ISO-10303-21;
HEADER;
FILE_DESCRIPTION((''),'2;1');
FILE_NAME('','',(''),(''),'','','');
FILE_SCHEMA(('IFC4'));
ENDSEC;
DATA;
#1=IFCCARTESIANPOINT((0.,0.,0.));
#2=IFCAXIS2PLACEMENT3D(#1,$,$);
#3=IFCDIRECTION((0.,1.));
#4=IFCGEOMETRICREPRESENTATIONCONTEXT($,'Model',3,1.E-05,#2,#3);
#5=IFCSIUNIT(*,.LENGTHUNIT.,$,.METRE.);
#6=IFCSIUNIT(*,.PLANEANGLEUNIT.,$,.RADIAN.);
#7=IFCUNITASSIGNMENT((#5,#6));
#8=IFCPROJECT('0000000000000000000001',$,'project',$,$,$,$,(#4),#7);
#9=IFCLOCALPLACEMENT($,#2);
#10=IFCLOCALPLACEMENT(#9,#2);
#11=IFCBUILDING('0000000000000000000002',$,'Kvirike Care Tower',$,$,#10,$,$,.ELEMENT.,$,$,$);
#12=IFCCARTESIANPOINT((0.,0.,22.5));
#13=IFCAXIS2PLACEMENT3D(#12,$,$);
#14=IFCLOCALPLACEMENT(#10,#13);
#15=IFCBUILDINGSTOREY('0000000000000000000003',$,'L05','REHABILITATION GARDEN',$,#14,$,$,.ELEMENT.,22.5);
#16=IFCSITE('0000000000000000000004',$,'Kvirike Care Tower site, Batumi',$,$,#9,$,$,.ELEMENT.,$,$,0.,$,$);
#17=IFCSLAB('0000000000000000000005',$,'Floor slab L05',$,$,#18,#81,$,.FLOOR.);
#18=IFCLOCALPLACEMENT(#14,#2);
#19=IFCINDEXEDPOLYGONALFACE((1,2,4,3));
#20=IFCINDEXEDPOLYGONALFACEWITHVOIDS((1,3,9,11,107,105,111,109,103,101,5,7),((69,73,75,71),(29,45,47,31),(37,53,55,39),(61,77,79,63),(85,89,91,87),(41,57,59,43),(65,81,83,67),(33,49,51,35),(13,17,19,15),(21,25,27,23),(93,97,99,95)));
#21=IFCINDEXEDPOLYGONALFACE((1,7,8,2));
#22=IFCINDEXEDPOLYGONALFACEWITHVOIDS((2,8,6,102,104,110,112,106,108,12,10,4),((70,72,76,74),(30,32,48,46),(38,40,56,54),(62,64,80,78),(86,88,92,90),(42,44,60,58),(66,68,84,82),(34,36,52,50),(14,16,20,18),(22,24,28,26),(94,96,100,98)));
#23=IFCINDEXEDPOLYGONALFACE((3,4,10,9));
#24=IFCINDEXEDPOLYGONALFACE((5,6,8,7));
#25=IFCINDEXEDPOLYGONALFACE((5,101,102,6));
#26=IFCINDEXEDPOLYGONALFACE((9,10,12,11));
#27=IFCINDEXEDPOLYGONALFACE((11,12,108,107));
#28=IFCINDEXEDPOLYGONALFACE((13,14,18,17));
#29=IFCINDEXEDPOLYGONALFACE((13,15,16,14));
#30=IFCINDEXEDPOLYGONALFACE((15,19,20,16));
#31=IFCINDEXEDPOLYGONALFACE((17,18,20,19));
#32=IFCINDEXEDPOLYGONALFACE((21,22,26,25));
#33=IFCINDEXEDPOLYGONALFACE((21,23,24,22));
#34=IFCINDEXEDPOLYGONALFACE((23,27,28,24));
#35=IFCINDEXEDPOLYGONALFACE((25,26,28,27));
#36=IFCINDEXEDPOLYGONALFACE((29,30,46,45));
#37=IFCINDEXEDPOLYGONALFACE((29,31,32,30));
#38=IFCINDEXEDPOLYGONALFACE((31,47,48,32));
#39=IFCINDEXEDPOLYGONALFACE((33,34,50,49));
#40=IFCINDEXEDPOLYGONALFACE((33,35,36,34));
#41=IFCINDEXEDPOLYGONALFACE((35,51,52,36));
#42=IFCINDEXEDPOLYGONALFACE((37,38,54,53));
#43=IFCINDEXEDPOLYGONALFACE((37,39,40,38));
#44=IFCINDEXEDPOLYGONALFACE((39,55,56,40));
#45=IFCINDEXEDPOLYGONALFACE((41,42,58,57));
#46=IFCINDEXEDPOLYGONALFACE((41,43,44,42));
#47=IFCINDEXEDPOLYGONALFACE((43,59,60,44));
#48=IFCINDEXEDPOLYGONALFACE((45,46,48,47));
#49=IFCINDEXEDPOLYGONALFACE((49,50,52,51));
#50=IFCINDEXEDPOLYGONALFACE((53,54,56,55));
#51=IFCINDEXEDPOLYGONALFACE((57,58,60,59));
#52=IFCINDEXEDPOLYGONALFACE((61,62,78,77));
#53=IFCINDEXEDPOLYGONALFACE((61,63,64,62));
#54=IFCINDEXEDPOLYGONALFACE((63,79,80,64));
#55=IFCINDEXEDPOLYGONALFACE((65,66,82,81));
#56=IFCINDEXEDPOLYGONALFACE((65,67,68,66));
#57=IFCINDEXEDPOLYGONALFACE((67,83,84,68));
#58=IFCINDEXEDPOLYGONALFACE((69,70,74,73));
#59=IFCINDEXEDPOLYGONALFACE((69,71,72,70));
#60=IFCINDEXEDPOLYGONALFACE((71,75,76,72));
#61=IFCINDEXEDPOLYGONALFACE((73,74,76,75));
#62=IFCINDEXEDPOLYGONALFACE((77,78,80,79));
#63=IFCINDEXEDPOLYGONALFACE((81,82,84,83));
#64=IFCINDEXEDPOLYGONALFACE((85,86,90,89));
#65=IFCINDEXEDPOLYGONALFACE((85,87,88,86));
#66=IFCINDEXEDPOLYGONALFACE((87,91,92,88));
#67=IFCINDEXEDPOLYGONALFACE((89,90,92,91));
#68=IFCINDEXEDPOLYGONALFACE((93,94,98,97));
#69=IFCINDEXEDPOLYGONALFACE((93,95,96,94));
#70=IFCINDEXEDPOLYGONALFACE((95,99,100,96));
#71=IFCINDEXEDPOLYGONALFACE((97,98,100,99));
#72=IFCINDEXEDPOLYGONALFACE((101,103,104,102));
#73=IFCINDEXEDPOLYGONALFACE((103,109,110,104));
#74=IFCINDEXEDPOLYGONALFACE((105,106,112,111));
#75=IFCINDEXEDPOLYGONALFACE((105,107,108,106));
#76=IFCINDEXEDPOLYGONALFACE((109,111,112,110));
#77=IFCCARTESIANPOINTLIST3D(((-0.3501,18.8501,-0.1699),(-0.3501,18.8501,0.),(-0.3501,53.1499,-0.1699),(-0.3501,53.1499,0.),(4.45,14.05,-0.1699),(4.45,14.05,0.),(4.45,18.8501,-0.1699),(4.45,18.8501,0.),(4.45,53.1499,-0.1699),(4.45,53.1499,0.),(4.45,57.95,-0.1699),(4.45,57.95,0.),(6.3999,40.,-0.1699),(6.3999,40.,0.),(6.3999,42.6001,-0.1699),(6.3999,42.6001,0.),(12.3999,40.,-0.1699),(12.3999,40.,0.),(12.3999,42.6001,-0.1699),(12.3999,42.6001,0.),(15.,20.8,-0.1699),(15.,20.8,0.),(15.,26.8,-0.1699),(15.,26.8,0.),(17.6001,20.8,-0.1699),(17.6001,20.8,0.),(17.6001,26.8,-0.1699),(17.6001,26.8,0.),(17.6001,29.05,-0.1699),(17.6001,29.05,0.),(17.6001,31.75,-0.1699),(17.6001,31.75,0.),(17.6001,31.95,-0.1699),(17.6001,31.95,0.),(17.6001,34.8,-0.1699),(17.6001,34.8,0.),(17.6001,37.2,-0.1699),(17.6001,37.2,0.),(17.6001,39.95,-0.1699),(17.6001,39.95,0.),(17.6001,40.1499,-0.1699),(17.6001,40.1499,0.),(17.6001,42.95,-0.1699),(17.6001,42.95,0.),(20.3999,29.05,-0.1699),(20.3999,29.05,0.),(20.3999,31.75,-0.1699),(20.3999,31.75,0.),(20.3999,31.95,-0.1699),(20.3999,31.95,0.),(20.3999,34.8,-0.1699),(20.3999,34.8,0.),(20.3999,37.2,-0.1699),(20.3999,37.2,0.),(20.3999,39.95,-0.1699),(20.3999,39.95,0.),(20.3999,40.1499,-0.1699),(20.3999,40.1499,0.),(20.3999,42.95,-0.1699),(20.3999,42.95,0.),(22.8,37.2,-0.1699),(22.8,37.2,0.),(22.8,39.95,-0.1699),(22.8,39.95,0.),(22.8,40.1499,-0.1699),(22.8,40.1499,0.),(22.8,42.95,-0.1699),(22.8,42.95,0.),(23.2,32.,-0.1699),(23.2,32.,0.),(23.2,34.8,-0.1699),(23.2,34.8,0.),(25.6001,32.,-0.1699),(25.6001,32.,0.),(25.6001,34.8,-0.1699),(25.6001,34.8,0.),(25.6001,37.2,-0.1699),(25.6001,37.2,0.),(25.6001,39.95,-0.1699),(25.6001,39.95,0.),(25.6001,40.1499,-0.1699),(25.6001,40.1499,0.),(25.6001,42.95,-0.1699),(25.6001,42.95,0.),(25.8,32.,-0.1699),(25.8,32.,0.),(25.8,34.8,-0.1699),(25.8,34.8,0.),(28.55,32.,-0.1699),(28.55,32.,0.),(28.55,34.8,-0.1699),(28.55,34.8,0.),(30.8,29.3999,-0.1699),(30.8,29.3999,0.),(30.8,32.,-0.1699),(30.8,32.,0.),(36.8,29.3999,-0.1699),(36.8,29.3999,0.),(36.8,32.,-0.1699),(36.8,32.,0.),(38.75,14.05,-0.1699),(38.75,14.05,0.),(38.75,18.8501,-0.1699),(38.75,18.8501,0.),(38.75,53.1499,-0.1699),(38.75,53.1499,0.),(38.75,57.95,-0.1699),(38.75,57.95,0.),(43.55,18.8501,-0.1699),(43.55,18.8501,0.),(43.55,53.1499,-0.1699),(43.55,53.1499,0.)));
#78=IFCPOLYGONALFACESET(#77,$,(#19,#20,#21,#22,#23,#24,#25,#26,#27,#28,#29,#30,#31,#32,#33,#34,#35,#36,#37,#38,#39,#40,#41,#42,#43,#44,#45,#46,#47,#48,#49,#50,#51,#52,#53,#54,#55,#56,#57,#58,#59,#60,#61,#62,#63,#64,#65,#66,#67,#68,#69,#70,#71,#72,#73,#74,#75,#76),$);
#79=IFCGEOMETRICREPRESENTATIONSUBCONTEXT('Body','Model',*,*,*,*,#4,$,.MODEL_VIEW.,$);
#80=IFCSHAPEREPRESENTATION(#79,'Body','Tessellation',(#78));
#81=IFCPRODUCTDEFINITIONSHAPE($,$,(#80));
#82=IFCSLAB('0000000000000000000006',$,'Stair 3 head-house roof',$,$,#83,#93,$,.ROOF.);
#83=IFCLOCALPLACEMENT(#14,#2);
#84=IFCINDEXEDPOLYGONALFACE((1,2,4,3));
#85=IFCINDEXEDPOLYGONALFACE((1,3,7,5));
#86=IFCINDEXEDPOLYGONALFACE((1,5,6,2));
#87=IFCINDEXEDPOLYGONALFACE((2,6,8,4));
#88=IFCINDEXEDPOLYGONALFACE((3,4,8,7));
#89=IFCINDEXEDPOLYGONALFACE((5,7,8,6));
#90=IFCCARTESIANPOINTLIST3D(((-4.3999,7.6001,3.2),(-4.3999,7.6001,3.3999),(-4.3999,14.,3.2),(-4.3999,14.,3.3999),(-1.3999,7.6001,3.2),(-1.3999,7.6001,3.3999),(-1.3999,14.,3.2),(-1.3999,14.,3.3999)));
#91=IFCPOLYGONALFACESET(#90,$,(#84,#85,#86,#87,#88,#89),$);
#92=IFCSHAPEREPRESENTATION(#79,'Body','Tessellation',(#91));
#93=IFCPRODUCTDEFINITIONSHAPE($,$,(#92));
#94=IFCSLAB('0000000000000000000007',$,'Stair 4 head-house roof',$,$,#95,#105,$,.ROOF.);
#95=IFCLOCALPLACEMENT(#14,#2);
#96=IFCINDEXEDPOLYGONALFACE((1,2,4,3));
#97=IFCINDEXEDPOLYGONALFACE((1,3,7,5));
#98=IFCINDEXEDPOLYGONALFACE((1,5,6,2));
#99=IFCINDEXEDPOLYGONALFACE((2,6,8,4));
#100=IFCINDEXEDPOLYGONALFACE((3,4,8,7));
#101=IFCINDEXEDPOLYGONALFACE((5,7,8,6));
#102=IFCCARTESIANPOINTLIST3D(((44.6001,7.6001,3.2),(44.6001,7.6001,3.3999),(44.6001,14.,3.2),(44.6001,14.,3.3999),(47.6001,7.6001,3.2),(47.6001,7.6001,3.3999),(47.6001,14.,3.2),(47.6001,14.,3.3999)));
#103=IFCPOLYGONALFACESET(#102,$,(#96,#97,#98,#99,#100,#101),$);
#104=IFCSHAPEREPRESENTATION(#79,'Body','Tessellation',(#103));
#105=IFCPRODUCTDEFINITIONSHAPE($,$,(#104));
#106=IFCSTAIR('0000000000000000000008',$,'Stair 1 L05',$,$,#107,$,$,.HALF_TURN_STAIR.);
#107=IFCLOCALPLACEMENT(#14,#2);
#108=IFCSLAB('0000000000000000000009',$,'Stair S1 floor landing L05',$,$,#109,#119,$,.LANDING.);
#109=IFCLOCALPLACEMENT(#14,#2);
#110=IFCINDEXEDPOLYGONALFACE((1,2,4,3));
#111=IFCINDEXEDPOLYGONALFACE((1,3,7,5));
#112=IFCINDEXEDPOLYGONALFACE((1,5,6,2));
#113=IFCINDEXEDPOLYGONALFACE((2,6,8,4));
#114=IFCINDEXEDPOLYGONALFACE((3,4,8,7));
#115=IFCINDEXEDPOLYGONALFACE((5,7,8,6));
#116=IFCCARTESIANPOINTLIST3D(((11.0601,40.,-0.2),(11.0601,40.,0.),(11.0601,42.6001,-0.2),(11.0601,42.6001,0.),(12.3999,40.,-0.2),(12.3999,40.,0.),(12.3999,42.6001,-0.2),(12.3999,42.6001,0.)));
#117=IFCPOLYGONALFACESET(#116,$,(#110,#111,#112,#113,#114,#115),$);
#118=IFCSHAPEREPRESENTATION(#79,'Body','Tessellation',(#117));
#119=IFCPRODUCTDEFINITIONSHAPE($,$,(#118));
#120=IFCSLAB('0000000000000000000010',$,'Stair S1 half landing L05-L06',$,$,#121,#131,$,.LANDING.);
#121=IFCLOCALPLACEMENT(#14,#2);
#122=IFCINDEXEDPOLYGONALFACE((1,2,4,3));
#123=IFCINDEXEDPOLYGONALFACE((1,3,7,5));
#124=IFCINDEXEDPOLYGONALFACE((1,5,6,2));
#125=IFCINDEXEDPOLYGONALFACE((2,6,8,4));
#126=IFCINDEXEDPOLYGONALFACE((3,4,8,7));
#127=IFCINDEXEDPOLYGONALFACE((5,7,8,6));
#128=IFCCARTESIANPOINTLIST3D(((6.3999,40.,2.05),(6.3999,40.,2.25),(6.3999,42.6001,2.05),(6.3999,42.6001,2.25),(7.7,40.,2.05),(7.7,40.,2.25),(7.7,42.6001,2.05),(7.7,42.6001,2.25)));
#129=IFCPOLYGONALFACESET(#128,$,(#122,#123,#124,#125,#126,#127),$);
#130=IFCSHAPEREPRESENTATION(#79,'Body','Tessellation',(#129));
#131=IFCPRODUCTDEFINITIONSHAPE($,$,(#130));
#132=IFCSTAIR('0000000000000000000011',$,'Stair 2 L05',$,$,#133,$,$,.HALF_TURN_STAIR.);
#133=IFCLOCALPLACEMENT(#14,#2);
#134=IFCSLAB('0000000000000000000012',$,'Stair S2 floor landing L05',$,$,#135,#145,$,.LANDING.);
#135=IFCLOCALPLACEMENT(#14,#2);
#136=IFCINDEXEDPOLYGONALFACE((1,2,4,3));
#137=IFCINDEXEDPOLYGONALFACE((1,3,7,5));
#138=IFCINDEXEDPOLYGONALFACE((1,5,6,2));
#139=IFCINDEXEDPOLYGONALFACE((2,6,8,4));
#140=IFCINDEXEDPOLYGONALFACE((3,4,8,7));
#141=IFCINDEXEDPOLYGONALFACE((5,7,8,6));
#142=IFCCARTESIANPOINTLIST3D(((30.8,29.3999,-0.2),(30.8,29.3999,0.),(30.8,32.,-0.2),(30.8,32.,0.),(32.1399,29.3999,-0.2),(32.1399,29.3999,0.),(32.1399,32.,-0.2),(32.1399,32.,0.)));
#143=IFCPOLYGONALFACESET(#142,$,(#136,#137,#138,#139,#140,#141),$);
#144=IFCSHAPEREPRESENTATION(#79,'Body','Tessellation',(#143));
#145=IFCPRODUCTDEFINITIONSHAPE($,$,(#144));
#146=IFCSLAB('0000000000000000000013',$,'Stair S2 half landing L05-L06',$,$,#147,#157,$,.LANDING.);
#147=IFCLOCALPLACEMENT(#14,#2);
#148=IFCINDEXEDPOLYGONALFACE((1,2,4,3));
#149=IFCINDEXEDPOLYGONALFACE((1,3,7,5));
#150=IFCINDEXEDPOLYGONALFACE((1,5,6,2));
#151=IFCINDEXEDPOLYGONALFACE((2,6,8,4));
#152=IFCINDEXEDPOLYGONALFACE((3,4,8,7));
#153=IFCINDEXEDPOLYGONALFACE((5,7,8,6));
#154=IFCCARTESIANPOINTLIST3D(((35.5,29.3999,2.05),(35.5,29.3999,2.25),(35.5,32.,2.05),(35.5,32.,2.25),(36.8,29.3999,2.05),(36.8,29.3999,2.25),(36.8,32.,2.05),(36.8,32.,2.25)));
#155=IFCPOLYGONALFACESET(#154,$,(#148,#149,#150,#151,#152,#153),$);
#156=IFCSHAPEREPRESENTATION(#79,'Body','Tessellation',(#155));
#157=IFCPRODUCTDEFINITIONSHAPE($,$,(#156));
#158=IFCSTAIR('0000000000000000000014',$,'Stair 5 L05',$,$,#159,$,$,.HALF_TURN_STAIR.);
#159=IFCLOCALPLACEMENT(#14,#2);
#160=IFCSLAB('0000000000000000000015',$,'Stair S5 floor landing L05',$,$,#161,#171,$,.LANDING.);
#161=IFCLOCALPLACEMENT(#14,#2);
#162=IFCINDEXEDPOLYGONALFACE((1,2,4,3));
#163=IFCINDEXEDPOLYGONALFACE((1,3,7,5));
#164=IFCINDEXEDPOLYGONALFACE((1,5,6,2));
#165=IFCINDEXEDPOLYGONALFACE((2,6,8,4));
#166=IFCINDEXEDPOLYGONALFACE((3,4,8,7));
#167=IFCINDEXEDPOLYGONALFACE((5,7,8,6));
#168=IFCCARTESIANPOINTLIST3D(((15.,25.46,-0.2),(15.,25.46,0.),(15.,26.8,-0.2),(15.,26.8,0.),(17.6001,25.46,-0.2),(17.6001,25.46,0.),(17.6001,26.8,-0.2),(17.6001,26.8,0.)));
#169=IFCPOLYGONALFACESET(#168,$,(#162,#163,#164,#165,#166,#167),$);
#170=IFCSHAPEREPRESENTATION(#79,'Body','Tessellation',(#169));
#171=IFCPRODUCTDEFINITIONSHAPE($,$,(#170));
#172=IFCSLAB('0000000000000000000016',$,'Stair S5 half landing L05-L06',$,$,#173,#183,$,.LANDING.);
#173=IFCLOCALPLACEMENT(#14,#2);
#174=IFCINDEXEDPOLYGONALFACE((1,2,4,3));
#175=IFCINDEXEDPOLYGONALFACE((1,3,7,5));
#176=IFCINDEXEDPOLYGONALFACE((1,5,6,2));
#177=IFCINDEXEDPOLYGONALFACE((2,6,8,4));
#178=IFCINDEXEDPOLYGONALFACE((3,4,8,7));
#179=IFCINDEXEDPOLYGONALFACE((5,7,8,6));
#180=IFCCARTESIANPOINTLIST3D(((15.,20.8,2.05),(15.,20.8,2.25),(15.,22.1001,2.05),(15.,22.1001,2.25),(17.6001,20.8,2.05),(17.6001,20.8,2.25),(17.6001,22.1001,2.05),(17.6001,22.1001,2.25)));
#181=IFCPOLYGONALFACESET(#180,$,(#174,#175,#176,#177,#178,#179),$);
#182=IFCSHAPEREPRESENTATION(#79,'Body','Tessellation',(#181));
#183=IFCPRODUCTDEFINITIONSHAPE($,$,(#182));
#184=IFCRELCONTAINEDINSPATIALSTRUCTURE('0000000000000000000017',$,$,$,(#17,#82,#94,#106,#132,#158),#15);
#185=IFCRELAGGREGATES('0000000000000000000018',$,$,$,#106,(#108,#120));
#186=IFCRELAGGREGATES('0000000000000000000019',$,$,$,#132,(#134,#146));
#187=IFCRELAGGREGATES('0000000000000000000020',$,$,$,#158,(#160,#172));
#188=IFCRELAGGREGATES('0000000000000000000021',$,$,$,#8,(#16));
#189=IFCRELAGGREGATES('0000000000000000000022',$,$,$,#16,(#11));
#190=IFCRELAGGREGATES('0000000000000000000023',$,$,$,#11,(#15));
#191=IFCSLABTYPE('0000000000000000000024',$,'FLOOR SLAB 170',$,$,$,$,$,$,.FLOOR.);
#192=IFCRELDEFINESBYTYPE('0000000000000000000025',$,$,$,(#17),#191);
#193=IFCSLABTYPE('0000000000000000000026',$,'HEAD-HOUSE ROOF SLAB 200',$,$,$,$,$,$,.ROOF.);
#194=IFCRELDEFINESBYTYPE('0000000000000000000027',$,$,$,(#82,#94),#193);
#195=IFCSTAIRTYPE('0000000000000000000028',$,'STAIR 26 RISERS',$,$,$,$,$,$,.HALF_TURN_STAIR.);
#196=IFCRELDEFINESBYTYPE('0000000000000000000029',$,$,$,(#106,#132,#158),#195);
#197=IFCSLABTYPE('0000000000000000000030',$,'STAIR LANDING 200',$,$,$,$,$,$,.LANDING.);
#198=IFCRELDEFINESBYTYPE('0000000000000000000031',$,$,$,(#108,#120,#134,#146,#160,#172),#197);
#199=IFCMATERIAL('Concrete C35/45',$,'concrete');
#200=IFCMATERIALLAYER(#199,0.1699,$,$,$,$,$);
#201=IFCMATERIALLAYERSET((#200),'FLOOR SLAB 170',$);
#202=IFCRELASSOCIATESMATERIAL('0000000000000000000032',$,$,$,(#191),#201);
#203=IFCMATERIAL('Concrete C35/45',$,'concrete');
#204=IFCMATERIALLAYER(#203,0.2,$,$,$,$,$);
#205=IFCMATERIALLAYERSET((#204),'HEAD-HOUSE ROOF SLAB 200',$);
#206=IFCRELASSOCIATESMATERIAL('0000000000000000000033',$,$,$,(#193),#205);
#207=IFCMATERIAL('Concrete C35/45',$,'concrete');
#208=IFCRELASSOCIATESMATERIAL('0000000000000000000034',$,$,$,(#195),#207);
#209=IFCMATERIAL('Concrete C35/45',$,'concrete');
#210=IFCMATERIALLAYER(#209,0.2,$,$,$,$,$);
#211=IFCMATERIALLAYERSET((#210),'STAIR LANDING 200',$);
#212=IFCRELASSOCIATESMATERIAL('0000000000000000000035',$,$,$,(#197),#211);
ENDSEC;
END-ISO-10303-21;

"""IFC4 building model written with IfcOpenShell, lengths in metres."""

from ifc_helpers import new_model, si_unit, direction, frame, origin, place, context, subcontext, project, spatial, polyline, outline, extrude, material, layer, layer_set, type_object, element, aggregate, save


model = new_model("IFC4")

# Units and contexts
model_context = context("Model", 3, precision=1e-05, world=origin(), true_north=direction((0.0, 1.0)))
body_context = subcontext(model_context, "Body", "Model", "MODEL_VIEW")
ifc_project = project(units=[si_unit("LENGTHUNIT", "METRE"), si_unit("PLANEANGLEUNIT", "RADIAN")], contexts=[model_context])

# Site, building, storey
site_placement = place(None, origin())
site = spatial("IfcSite", under=ifc_project, at=site_placement, Name="Kvirike Care Tower site, Batumi", CompositionType="ELEMENT", RefElevation=0.0)
building_placement = place(site_placement, origin())
building = spatial("IfcBuilding", under=site, at=building_placement, Name="Kvirike Care Tower", CompositionType="ELEMENT")
storey_placement = place(building_placement, frame((0.0, 0.0, 22.5)))
storey = spatial("IfcBuildingStorey", under=building, at=storey_placement, Name="L05", Description="REHABILITATION GARDEN", CompositionType="ELEMENT", Elevation=22.5)

# Slabs
ifc_material_1 = material(Name="Concrete C35/45", Category="concrete")
ifc_layer_1 = layer(ifc_material_1, 0.1699)
ifc_layer_set_1 = layer_set([ifc_layer_1], Name="FLOOR SLAB 170")
slab_type_1 = type_object("IfcSlabType", Name="FLOOR SLAB 170", PredefinedType="FLOOR", material=ifc_layer_set_1)
slab_1_placement = place(storey_placement, frame((0.0, 0.0, -0.1699)))
element("IfcSlab", 1, at=slab_1_placement, inside=storey, type_object=slab_type_1, Name="Floor slab L05", PredefinedType="FLOOR", context=body_context, shape_type="SweptSolid", body=[
    extrude(outline(polyline([(-0.3501, 53.1499), (-0.3501, 18.8501), (4.45, 18.8501), (4.45, 14.05), (38.75, 14.05), (38.75, 18.8501), (43.55, 18.8501), (43.55, 53.1499), (38.75, 53.1499), (38.75, 57.95), (4.45, 57.95), (4.45, 53.1499), (-0.3501, 53.1499)]), holes=[polyline([(17.6001, 29.05), (17.6001, 31.75), (20.3999, 31.75), (20.3999, 29.05), (17.6001, 29.05)]), polyline([(17.6001, 31.95), (17.6001, 34.8), (20.3999, 34.8), (20.3999, 31.95), (17.6001, 31.95)]), polyline([(17.6001, 37.2), (17.6001, 39.95), (20.3999, 39.95), (20.3999, 37.2), (17.6001, 37.2)]), polyline([(17.6001, 40.1499), (17.6001, 42.95), (20.3999, 42.95), (20.3999, 40.1499), (17.6001, 40.1499)]), polyline([(22.8, 37.2), (22.8, 39.95), (25.6001, 39.95), (25.6001, 37.2), (22.8, 37.2)]), polyline([(22.8, 40.1499), (22.8, 42.95), (25.6001, 42.95), (25.6001, 40.1499), (22.8, 40.1499)]), polyline([(23.2, 32.0), (23.2, 34.8), (25.6001, 34.8), (25.6001, 32.0), (23.2, 32.0)]), polyline([(25.8, 32.0), (25.8, 34.8), (28.55, 34.8), (28.55, 32.0), (25.8, 32.0)]), polyline([(12.3999, 42.6001), (12.3999, 40.0), (6.3999, 40.0), (6.3999, 42.6001), (12.3999, 42.6001)]), polyline([(30.8, 29.3999), (30.8, 32.0), (36.8, 32.0), (36.8, 29.3999), (30.8, 29.3999)]), polyline([(15.0, 26.8), (17.6001, 26.8), (17.6001, 20.8), (15.0, 20.8), (15.0, 26.8)])]), origin(), (0.0, 0.0, 1.0), 0.1699),
])
ifc_material_2 = material(Name="Concrete C35/45", Category="concrete")
ifc_layer_2 = layer(ifc_material_2, 0.2)
ifc_layer_set_2 = layer_set([ifc_layer_2], Name="HEAD-HOUSE ROOF SLAB 200")
slab_type_2 = type_object("IfcSlabType", Name="HEAD-HOUSE ROOF SLAB 200", PredefinedType="ROOF", material=ifc_layer_set_2)
slab_2_placement = place(storey_placement, frame((0.0, 0.0, 3.2)))
element("IfcSlab", 2, at=slab_2_placement, inside=storey, type_object=slab_type_2, Name="Stair 3 head-house roof", PredefinedType="ROOF", context=body_context, shape_type="SweptSolid", body=[
    extrude(outline(polyline([(-4.3999, 14.0), (-4.3999, 7.6001), (-1.3999, 7.6001), (-1.3999, 14.0), (-4.3999, 14.0)])), origin(), (0.0, 0.0, 1.0), 0.2),
])
slab_3_placement = place(storey_placement, frame((0.0, 0.0, 3.2)))
element("IfcSlab", 3, at=slab_3_placement, inside=storey, type_object=slab_type_2, Name="Stair 4 head-house roof", PredefinedType="ROOF", context=body_context, shape_type="SweptSolid", body=[
    extrude(outline(polyline([(44.6001, 14.0), (44.6001, 7.6001), (47.6001, 7.6001), (47.6001, 14.0), (44.6001, 14.0)])), origin(), (0.0, 0.0, 1.0), 0.2),
])

# Stairs, slabs
ifc_material_3 = material(Name="Concrete C35/45", Category="concrete")
stair_type = type_object("IfcStairType", Name="STAIR 26 RISERS", PredefinedType="HALF_TURN_STAIR", material=ifc_material_3)
stair_1_placement = place(storey_placement, origin())
stair_1 = element("IfcStair", 4, at=stair_1_placement, inside=storey, type_object=stair_type, Name="Stair 1 L05", PredefinedType="HALF_TURN_STAIR")
ifc_material_4 = material(Name="Concrete C35/45", Category="concrete")
ifc_layer_3 = layer(ifc_material_4, 0.2)
ifc_layer_set_3 = layer_set([ifc_layer_3], Name="STAIR LANDING 200")
slab_type_3 = type_object("IfcSlabType", Name="STAIR LANDING 200", PredefinedType="LANDING", material=ifc_layer_set_3)
slab_4_placement = place(storey_placement, frame((0.0, 0.0, -0.2)))
slab_4 = element("IfcSlab", 5, at=slab_4_placement, type_object=slab_type_3, Name="Stair S1 floor landing L05", PredefinedType="LANDING", context=body_context, shape_type="SweptSolid", body=[
    extrude(outline(polyline([(11.0601, 42.6001), (11.0601, 40.0), (12.3999, 40.0), (12.3999, 42.6001), (11.0601, 42.6001)])), origin(), (0.0, 0.0, 1.0), 0.2),
])
slab_5_placement = place(storey_placement, frame((0.0, 0.0, 2.05)))
slab_5 = element("IfcSlab", 6, at=slab_5_placement, type_object=slab_type_3, Name="Stair S1 half landing L05-L06", PredefinedType="LANDING", context=body_context, shape_type="SweptSolid", body=[
    extrude(outline(polyline([(6.3999, 42.6001), (6.3999, 40.0), (7.7, 40.0), (7.7, 42.6001), (6.3999, 42.6001)])), origin(), (0.0, 0.0, 1.0), 0.2),
])
aggregate(stair_1, [slab_4, slab_5])
stair_2_placement = place(storey_placement, origin())
stair_2 = element("IfcStair", 7, at=stair_2_placement, inside=storey, type_object=stair_type, Name="Stair 2 L05", PredefinedType="HALF_TURN_STAIR")
slab_6_placement = place(storey_placement, frame((0.0, 0.0, -0.2)))
slab_6 = element("IfcSlab", 8, at=slab_6_placement, type_object=slab_type_3, Name="Stair S2 floor landing L05", PredefinedType="LANDING", context=body_context, shape_type="SweptSolid", body=[
    extrude(outline(polyline([(32.1399, 29.3999), (32.1399, 32.0), (30.8, 32.0), (30.8, 29.3999), (32.1399, 29.3999)])), origin(), (0.0, 0.0, 1.0), 0.2),
])
slab_7_placement = place(storey_placement, frame((0.0, 0.0, 2.05)))
slab_7 = element("IfcSlab", 9, at=slab_7_placement, type_object=slab_type_3, Name="Stair S2 half landing L05-L06", PredefinedType="LANDING", context=body_context, shape_type="SweptSolid", body=[
    extrude(outline(polyline([(36.8, 29.3999), (36.8, 32.0), (35.5, 32.0), (35.5, 29.3999), (36.8, 29.3999)])), origin(), (0.0, 0.0, 1.0), 0.2),
])
aggregate(stair_2, [slab_6, slab_7])
stair_3_placement = place(storey_placement, origin())
stair_3 = element("IfcStair", 10, at=stair_3_placement, inside=storey, type_object=stair_type, Name="Stair 5 L05", PredefinedType="HALF_TURN_STAIR")
slab_8_placement = place(storey_placement, frame((0.0, 0.0, -0.2)))
slab_8 = element("IfcSlab", 11, at=slab_8_placement, type_object=slab_type_3, Name="Stair S5 floor landing L05", PredefinedType="LANDING", context=body_context, shape_type="SweptSolid", body=[
    extrude(outline(polyline([(15.0, 25.46), (17.6001, 25.46), (17.6001, 26.8), (15.0, 26.8), (15.0, 25.46)])), origin(), (0.0, 0.0, 1.0), 0.2),
])
slab_9_placement = place(storey_placement, frame((0.0, 0.0, 2.05)))
slab_9 = element("IfcSlab", 12, at=slab_9_placement, type_object=slab_type_3, Name="Stair S5 half landing L05-L06", PredefinedType="LANDING", context=body_context, shape_type="SweptSolid", body=[
    extrude(outline(polyline([(15.0, 20.8), (17.6001, 20.8), (17.6001, 22.1001), (15.0, 22.1001), (15.0, 20.8)])), origin(), (0.0, 0.0, 1.0), 0.2),
])
aggregate(stair_3, [slab_8, slab_9])

save(model, "model.ifc")
